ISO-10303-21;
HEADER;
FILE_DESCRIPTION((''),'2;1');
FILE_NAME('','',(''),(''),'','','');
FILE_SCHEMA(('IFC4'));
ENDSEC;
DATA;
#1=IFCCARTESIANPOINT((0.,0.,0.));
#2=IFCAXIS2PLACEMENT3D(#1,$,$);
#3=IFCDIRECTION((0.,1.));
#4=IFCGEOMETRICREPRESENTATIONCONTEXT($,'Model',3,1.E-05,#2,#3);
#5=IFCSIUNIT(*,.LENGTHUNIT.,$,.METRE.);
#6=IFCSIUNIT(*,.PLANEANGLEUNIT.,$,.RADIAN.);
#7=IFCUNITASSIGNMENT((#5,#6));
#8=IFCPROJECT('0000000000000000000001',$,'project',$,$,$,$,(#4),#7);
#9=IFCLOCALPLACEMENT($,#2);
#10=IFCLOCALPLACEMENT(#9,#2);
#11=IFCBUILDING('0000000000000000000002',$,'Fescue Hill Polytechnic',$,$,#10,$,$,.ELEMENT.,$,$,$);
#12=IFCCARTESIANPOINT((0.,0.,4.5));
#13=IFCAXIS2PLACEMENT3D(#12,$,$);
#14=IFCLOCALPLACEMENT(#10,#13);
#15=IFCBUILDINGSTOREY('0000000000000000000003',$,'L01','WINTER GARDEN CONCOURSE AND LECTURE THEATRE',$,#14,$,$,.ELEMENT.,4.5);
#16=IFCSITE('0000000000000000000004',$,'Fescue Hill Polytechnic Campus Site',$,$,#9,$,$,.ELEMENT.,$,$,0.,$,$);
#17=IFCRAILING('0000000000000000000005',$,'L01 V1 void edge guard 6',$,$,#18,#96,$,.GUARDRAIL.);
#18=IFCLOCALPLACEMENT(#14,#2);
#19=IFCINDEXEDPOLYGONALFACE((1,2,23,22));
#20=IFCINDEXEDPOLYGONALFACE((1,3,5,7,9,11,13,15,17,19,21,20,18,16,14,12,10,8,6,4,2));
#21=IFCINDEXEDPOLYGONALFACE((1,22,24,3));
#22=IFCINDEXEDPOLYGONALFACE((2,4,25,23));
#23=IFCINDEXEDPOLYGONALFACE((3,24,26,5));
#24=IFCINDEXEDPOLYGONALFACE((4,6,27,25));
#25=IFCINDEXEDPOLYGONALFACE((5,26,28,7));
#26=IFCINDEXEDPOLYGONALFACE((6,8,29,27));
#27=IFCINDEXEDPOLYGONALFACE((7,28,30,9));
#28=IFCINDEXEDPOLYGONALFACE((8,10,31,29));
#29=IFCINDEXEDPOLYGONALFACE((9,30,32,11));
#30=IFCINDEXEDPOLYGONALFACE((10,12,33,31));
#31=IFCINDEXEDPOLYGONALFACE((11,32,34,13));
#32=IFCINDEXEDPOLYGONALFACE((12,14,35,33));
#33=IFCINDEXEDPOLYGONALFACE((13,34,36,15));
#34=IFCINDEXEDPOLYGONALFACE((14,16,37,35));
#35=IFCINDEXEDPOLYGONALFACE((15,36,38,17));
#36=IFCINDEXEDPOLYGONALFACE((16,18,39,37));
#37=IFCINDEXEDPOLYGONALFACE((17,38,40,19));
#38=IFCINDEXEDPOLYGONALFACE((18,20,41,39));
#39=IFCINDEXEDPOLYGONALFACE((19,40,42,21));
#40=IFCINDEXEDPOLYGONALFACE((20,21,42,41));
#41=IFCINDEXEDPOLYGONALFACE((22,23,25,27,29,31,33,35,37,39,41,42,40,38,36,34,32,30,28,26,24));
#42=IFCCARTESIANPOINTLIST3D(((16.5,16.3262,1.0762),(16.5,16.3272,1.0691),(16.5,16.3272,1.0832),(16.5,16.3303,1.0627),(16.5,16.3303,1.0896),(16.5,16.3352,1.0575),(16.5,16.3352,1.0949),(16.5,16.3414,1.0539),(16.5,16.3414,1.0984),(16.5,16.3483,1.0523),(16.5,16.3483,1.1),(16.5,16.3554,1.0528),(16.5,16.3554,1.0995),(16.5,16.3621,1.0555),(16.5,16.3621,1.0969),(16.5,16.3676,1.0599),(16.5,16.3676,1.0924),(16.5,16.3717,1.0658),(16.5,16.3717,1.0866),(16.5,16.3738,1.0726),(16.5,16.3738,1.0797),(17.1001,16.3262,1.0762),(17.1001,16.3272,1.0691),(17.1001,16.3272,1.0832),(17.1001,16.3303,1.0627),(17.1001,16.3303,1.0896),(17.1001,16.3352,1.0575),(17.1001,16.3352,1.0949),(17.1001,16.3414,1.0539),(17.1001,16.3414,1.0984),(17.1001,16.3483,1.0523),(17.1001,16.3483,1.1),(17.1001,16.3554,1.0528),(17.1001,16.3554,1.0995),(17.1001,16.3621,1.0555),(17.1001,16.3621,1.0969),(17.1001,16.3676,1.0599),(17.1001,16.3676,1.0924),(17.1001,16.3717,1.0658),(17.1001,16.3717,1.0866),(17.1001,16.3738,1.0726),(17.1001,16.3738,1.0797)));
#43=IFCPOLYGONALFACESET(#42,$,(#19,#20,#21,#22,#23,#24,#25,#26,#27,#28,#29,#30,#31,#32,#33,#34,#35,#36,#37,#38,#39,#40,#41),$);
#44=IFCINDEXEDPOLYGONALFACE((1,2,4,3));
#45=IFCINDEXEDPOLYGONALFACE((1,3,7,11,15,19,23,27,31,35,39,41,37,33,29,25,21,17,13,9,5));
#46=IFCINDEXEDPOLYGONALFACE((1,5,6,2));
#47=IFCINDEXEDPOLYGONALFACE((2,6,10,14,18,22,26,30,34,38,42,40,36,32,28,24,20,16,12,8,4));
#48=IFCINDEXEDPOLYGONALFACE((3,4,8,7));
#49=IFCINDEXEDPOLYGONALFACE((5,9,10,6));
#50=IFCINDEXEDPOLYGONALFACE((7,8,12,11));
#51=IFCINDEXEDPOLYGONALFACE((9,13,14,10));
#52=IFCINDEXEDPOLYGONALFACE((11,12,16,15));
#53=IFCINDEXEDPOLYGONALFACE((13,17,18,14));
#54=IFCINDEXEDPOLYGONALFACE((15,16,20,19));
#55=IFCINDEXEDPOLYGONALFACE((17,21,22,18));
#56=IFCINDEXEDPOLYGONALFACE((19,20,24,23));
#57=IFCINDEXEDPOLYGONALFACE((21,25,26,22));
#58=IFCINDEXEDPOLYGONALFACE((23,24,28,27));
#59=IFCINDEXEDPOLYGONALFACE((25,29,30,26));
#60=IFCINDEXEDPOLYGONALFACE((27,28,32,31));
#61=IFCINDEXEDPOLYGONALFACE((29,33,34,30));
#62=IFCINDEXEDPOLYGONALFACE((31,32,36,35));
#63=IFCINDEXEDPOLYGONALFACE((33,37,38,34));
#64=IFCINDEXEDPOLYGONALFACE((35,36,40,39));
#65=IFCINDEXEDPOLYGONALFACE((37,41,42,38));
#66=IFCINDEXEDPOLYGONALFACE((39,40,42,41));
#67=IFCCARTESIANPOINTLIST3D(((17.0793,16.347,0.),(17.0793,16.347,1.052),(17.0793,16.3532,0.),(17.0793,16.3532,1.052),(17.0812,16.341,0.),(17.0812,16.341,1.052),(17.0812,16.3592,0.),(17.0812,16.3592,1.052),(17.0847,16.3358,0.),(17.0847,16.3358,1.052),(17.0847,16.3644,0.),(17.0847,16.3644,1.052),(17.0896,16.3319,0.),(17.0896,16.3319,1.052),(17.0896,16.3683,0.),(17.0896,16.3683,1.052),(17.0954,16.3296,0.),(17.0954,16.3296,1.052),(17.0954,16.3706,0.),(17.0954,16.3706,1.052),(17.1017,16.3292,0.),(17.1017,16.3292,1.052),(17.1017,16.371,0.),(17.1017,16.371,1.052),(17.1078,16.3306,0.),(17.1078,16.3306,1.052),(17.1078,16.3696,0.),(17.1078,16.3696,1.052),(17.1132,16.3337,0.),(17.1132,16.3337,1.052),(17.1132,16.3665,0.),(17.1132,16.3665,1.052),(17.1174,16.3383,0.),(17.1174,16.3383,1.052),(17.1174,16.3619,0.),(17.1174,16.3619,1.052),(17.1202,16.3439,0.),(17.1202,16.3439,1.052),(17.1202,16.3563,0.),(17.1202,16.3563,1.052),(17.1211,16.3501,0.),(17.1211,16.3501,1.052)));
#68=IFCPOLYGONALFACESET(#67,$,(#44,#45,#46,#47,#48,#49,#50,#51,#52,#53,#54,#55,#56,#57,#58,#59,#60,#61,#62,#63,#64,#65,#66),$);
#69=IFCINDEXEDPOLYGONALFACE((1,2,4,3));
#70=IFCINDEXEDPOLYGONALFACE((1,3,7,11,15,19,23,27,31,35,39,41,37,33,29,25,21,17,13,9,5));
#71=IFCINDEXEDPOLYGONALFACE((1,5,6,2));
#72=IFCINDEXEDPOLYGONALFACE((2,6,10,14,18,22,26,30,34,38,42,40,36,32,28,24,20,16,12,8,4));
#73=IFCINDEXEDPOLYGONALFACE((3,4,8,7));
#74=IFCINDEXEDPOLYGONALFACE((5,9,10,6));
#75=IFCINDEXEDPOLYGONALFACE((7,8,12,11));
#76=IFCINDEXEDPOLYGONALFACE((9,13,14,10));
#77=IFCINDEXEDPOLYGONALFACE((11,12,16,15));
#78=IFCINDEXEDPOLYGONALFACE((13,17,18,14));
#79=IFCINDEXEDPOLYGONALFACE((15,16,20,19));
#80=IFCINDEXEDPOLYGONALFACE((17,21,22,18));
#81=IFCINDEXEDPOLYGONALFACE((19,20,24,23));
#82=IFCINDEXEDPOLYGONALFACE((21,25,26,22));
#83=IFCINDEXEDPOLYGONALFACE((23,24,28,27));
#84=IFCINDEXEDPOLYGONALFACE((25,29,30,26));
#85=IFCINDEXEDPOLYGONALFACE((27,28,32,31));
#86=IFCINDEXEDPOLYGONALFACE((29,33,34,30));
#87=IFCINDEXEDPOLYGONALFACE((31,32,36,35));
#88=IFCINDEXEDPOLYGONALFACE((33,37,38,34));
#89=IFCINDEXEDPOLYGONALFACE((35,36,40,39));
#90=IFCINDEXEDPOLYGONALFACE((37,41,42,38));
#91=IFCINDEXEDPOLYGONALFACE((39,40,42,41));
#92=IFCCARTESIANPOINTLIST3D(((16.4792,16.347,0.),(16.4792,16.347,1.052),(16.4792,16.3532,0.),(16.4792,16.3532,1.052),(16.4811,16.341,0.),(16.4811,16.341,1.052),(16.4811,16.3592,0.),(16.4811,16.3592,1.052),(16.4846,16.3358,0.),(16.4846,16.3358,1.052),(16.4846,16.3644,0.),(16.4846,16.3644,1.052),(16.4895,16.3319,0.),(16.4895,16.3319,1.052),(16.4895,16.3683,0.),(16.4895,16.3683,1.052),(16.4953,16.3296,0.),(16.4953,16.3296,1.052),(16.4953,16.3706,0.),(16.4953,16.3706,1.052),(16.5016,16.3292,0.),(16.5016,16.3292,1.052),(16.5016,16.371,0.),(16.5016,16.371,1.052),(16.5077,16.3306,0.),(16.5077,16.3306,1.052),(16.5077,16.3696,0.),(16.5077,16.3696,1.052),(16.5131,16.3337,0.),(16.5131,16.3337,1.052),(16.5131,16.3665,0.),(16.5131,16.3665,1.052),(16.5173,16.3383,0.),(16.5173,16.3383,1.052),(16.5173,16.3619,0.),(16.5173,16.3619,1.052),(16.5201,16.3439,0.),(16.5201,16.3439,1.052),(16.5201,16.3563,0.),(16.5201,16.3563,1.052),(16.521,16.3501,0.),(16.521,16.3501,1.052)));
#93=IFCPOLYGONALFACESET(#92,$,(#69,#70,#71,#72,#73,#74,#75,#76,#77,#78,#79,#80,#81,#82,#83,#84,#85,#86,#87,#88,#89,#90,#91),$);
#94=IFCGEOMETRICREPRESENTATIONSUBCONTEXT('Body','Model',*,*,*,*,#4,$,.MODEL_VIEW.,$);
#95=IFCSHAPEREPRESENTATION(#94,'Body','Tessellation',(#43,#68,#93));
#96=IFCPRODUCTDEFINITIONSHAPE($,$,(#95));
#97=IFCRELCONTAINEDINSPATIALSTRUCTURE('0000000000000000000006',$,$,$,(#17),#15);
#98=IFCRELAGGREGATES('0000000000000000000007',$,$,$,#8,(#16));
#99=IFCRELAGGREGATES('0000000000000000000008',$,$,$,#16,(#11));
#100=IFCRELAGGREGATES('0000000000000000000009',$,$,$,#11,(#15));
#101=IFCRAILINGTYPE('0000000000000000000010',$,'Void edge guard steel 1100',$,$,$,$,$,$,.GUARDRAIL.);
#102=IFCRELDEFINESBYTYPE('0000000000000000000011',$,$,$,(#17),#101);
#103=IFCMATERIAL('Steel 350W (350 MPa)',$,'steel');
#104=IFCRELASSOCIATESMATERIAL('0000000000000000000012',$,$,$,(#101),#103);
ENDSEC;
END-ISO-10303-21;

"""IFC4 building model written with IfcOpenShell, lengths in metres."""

from ifc_helpers import new_model, si_unit, direction, frame, origin, origin_2d, place, context, subcontext, project, spatial, circle, extrude, material, type_object, element, save


model = new_model("IFC4")

# Units and contexts
model_context = context("Model", 3, precision=1e-05, world=origin(), true_north=direction((0.0, 1.0)))
body_context = subcontext(model_context, "Body", "Model", "MODEL_VIEW")
ifc_project = project(units=[si_unit("LENGTHUNIT", "METRE"), si_unit("PLANEANGLEUNIT", "RADIAN")], contexts=[model_context])

# Site, building, storey
site_placement = place(None, origin())
site = spatial("IfcSite", under=ifc_project, at=site_placement, Name="Fescue Hill Polytechnic Campus Site", CompositionType="ELEMENT", RefElevation=0.0)
building_placement = place(site_placement, origin())
building = spatial("IfcBuilding", under=site, at=building_placement, Name="Fescue Hill Polytechnic", CompositionType="ELEMENT")
storey_placement = place(building_placement, frame((0.0, 0.0, 4.5)))
storey = spatial("IfcBuildingStorey", under=building, at=storey_placement, Name="L01", Description="WINTER GARDEN CONCOURSE AND LECTURE THEATRE", CompositionType="ELEMENT", Elevation=4.5)

# Shared definitions
ifc_material_1 = material(Name="Steel 350W (350 MPa)", Category="steel")

# Railing
railing_type_1 = type_object("IfcRailingType", Name="Void edge guard steel 1100", PredefinedType="GUARDRAIL", material=ifc_material_1)
railing_1_placement = place(storey_placement, frame((17.1001, 16.3501, 0.0)))
element("IfcRailing", 1, at=railing_1_placement, inside=storey, type_object=railing_type_1, Name="L01 V1 void edge guard 6", PredefinedType="GUARDRAIL", context=body_context, shape_type="SweptSolid", body=[
    extrude(circle(Radius=0.0239, at=origin_2d()), frame((0.0, 0.0, 1.0762), z_axis=(-1.0, 0.0, 0.0), x_axis=(0.0, -1.0, 0.0)), (0.0, 0.0, 1.0), 0.6001),
    extrude(circle(Radius=0.021, at=origin_2d()), origin(), (0.0, 0.0, 1.0), 1.052),
    extrude(circle(Radius=0.021, at=origin_2d()), frame((-0.6001, 0.0, 0.0)), (0.0, 0.0, 1.0), 1.052),
])

save(model, "model.ifc")
